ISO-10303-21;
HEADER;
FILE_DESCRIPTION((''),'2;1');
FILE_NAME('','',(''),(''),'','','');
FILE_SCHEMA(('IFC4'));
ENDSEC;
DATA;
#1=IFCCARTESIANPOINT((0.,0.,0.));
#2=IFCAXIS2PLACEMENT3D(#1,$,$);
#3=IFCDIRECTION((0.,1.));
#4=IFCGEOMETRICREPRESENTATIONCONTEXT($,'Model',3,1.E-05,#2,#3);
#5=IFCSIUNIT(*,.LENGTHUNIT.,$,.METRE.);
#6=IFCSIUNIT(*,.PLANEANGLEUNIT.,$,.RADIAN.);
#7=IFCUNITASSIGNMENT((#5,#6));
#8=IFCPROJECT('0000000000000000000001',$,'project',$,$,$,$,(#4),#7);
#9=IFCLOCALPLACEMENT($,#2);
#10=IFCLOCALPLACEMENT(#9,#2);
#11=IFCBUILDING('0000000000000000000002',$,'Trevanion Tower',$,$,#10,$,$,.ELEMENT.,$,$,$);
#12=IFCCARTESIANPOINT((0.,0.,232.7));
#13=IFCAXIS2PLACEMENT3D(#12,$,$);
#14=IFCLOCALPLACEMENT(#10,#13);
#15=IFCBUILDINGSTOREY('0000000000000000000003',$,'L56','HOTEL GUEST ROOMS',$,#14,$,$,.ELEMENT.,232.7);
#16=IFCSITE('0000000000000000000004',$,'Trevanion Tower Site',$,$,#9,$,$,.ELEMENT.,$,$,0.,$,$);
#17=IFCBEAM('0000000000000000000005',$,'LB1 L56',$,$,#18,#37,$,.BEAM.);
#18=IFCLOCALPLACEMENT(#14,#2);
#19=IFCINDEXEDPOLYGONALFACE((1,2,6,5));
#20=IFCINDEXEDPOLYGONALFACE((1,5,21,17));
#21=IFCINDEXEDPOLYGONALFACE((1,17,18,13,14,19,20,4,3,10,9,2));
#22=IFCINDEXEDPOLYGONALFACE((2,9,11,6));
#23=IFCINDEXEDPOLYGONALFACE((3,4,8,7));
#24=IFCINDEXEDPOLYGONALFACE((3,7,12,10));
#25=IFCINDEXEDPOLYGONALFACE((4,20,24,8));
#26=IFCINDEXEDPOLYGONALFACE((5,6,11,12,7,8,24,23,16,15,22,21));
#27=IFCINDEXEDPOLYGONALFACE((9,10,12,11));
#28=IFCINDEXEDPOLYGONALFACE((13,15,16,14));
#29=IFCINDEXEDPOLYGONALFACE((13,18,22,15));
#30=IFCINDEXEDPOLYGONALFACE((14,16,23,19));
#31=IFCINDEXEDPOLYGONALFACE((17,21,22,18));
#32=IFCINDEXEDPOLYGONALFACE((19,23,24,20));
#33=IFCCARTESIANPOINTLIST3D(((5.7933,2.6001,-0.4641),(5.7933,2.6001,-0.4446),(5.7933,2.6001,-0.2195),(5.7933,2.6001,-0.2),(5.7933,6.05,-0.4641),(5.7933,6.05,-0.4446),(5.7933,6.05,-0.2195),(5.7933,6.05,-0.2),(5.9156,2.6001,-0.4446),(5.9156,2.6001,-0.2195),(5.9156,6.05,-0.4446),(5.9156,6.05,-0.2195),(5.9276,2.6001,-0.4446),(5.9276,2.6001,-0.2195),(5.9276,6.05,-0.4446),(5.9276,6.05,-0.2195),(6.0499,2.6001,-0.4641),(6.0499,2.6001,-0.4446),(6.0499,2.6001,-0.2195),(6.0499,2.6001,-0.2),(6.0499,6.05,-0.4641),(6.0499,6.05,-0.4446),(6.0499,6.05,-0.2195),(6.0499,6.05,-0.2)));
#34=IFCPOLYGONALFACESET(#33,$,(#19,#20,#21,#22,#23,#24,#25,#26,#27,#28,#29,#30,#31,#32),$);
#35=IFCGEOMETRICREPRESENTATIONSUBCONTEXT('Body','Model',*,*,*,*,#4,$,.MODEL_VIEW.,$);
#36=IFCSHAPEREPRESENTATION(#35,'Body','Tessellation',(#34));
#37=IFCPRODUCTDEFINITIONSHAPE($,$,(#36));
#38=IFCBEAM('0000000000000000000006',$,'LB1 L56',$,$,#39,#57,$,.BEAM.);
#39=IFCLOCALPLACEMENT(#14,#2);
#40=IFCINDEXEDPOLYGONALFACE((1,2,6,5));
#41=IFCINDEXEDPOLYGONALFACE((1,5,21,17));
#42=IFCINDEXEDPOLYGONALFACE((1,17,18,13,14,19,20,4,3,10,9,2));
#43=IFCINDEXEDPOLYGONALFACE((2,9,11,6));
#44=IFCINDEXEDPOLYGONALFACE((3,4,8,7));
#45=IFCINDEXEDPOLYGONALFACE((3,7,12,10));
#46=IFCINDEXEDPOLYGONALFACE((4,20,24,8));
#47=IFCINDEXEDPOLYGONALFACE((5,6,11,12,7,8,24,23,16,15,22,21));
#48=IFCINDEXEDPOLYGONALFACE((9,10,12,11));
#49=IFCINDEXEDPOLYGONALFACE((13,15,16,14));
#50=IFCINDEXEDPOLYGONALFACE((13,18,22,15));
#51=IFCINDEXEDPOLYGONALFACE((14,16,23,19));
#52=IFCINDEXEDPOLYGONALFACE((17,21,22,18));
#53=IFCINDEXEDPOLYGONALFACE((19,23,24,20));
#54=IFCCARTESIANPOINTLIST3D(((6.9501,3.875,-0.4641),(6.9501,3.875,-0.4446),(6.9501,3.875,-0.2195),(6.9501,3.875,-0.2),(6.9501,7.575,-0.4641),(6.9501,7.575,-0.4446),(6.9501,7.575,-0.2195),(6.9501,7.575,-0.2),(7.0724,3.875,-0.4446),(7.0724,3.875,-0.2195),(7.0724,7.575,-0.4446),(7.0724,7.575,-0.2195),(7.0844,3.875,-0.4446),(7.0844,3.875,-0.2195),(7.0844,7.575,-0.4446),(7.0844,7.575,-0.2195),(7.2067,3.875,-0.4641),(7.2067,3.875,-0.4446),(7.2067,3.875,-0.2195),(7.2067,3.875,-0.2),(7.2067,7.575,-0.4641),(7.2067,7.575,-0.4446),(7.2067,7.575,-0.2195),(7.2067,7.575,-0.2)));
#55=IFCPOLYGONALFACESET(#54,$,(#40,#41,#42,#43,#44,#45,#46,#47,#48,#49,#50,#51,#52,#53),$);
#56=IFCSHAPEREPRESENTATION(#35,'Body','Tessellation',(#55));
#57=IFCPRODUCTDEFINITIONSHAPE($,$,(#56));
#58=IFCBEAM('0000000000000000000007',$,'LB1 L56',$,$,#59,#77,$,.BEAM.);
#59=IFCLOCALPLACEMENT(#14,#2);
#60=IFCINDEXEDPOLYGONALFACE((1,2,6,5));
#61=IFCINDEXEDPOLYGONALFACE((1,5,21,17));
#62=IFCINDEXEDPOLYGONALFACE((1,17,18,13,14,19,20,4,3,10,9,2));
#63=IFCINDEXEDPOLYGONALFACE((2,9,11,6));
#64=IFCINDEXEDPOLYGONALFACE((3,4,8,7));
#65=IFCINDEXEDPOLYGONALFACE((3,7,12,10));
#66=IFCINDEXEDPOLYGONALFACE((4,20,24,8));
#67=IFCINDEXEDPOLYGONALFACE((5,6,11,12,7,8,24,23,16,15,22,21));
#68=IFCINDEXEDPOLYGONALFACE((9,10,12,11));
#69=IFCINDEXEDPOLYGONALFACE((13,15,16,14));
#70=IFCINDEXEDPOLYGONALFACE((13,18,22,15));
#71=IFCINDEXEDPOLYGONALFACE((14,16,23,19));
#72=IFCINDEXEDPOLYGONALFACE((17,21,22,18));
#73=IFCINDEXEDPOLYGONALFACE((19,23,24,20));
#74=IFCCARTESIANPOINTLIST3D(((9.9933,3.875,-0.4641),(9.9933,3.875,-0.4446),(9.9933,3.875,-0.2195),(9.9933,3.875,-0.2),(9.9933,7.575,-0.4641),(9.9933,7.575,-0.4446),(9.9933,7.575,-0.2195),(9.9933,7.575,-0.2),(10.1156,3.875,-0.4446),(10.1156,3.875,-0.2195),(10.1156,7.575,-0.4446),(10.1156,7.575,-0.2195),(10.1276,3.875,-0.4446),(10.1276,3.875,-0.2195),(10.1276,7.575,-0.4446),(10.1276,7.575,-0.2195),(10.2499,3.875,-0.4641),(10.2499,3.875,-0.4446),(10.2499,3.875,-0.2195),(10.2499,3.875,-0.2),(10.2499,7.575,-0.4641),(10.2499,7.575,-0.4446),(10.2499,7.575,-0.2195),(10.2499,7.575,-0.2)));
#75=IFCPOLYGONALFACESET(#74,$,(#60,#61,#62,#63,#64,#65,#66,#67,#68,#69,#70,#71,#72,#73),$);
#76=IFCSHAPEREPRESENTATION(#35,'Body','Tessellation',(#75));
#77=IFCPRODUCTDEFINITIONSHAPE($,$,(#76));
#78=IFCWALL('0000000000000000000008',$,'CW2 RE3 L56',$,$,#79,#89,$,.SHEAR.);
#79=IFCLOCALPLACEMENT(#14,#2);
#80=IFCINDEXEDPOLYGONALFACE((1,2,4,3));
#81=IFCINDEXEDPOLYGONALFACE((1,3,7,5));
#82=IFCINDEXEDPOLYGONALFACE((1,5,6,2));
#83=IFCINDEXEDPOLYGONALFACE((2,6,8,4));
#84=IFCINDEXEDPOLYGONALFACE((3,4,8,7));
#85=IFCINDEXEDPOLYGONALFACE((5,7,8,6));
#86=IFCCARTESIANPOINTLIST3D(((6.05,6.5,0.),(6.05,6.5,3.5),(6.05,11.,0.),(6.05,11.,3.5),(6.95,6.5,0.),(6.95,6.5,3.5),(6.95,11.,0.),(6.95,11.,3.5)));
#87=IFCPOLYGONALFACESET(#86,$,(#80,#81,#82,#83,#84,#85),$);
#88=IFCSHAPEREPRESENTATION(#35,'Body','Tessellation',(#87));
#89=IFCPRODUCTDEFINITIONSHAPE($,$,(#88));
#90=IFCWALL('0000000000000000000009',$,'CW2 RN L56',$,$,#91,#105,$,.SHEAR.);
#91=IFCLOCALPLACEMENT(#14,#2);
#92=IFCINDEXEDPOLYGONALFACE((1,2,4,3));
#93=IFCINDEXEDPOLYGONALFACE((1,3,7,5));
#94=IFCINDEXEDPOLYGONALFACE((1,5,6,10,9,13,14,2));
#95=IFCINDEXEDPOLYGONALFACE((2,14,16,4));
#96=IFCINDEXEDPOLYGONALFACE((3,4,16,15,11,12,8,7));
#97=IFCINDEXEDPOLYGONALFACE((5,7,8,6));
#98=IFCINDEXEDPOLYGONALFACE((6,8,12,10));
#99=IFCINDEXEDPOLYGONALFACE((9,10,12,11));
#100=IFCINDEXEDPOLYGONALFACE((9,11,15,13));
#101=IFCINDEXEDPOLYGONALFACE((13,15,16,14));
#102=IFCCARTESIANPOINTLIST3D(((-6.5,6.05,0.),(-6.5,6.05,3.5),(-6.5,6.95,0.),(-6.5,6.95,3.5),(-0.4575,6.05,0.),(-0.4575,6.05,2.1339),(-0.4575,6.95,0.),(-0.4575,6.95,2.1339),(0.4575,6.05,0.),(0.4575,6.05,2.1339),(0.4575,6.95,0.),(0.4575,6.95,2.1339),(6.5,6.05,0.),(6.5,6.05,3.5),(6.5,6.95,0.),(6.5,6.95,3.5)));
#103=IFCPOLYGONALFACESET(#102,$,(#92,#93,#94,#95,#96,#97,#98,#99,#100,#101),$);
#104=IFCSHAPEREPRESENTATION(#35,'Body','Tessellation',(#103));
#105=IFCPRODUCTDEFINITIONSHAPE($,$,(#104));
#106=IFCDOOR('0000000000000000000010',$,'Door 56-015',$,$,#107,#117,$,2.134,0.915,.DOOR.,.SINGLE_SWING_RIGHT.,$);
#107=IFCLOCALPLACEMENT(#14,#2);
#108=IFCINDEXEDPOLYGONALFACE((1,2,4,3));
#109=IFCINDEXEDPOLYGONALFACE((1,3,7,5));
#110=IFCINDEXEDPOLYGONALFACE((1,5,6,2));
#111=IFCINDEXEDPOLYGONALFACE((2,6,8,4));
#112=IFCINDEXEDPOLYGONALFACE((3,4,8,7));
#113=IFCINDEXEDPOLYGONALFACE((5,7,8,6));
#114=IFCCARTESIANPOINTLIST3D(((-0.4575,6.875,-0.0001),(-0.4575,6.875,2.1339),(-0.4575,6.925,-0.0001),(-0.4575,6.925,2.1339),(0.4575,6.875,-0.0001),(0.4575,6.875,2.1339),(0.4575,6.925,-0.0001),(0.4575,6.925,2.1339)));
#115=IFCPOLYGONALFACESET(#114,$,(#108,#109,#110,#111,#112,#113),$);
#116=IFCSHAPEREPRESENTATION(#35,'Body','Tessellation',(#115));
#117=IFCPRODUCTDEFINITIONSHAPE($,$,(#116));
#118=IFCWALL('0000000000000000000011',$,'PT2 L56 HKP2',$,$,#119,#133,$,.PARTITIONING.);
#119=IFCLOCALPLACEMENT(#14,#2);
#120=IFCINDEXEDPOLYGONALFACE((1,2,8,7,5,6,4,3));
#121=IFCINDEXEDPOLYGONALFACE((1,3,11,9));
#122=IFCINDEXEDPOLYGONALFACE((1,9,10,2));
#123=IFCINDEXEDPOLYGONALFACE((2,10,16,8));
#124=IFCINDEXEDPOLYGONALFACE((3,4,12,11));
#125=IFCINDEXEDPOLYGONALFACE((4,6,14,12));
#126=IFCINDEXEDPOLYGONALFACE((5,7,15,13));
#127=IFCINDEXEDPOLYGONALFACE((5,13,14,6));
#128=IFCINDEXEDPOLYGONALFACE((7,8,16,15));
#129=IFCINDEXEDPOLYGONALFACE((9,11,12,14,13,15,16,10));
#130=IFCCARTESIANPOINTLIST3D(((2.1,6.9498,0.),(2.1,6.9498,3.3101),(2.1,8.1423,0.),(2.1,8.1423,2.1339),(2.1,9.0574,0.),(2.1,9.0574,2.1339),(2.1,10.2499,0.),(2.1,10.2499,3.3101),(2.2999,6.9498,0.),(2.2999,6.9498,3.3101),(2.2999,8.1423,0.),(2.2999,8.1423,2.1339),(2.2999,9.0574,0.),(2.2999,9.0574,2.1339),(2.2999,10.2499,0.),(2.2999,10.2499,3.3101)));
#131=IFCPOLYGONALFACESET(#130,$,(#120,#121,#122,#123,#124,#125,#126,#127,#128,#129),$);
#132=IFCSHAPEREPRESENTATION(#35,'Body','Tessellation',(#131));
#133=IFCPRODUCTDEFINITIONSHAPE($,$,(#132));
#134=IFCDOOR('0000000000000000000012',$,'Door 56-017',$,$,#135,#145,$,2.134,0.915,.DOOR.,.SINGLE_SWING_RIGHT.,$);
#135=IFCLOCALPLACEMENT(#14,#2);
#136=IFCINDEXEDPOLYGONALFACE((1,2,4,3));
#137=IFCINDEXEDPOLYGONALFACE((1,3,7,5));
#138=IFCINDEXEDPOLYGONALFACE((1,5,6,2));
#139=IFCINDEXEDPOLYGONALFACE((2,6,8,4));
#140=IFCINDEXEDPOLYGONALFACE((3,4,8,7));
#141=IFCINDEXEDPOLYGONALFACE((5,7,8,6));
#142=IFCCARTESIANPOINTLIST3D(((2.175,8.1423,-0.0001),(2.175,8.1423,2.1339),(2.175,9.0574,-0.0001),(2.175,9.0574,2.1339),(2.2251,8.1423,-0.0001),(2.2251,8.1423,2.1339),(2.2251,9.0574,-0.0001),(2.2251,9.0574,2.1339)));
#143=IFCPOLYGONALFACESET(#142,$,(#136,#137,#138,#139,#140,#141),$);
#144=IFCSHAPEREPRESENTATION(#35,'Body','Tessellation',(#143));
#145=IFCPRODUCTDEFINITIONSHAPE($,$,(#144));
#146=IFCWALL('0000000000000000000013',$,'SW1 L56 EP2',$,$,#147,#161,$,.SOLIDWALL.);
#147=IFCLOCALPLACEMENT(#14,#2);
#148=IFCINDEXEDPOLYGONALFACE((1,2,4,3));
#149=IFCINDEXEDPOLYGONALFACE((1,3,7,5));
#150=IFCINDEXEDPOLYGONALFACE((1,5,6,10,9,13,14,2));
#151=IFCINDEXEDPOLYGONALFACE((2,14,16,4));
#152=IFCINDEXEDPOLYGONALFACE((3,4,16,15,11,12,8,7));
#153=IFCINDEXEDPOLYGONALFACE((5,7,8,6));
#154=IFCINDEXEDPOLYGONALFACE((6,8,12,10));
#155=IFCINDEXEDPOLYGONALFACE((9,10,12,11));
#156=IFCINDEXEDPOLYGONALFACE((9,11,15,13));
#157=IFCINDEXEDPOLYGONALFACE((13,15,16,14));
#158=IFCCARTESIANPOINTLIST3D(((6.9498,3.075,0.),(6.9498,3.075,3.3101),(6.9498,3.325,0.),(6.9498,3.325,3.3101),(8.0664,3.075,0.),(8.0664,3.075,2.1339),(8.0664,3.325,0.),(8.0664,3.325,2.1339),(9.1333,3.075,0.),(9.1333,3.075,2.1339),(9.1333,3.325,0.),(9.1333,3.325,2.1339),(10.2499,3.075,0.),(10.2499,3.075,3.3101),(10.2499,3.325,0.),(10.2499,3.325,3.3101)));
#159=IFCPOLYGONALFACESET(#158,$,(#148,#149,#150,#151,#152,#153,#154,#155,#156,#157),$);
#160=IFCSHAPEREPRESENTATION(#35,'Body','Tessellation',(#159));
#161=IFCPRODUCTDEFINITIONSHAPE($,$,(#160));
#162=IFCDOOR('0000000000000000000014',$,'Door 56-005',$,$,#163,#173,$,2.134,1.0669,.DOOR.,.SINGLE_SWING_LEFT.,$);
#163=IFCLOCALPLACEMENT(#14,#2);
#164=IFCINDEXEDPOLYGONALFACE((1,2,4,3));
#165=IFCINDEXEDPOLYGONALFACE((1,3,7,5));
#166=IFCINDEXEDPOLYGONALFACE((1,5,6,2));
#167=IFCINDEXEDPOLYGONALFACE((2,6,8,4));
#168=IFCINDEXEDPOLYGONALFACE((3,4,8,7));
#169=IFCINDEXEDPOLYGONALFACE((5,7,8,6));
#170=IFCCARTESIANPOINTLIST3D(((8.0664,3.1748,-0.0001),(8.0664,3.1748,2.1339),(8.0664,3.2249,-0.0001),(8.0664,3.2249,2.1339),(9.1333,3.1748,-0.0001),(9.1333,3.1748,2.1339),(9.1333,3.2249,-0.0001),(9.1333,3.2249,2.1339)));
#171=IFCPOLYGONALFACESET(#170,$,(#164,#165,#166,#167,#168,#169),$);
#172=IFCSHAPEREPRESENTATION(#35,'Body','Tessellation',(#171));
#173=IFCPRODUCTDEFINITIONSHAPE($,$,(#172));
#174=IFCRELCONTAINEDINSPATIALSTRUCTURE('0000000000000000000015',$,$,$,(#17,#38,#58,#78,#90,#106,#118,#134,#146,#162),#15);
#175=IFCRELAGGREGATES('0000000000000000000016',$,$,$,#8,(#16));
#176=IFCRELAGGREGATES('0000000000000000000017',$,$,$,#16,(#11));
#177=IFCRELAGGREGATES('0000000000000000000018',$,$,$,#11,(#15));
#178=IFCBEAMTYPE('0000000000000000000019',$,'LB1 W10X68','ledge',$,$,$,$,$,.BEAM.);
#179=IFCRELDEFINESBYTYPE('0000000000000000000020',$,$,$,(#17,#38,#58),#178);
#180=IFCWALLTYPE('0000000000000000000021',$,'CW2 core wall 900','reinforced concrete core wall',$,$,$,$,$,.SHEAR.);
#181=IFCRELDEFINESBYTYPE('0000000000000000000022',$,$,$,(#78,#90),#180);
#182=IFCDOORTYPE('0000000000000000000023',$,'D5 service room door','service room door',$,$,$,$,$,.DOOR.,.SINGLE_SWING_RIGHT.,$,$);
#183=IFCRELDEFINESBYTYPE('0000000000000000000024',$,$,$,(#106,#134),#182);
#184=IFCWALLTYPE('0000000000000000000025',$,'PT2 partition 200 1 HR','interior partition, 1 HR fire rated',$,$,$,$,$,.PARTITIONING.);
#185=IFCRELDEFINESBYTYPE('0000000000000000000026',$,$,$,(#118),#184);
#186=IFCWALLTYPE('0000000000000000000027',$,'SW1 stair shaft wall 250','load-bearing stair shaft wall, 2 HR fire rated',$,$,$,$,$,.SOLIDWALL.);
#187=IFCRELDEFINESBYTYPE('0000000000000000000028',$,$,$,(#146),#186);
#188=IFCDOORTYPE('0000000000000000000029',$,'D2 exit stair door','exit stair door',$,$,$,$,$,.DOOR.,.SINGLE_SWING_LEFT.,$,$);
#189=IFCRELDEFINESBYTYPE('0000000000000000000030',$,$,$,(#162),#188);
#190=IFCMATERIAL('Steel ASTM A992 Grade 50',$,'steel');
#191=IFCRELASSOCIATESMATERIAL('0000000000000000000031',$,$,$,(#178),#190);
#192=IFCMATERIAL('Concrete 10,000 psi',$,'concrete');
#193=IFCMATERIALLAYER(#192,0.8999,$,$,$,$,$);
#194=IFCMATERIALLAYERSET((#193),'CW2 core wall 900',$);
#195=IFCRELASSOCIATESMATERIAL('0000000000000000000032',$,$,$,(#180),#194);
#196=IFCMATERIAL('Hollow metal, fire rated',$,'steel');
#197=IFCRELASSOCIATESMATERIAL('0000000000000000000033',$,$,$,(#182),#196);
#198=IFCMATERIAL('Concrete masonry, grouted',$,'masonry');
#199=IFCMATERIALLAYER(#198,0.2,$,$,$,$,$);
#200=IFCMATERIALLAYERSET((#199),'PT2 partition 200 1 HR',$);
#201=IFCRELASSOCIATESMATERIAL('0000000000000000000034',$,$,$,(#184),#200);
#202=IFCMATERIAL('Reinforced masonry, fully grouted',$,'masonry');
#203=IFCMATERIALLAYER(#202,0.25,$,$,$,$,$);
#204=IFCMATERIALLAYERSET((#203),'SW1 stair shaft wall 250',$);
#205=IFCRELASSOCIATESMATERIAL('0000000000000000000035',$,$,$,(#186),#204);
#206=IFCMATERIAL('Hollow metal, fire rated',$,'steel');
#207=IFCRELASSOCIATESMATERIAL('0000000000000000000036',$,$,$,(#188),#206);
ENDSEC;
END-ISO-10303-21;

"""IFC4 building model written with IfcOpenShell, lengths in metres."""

from ifc_helpers import new_model, si_unit, direction, frame, frame_2d, origin, origin_2d, place, context, subcontext, project, spatial, rectangle, i_section, extrude, material, layer, layer_set, material_profile, profile_set, type_object, element, fill, save


model = new_model("IFC4")

# Units and contexts
model_context = context("Model", 3, precision=1e-05, world=origin(), true_north=direction((0.0, 1.0)))
body_context = subcontext(model_context, "Body", "Model", "MODEL_VIEW")
ifc_project = project(units=[si_unit("LENGTHUNIT", "METRE"), si_unit("PLANEANGLEUNIT", "RADIAN")], contexts=[model_context])

# Site, building, storey
site_placement = place(None, origin())
site = spatial("IfcSite", under=ifc_project, at=site_placement, Name="Trevanion Tower Site", CompositionType="ELEMENT", RefElevation=0.0)
building_placement = place(site_placement, origin())
building = spatial("IfcBuilding", under=site, at=building_placement, Name="Trevanion Tower", CompositionType="ELEMENT")
storey_placement = place(building_placement, frame((0.0, 0.0, 232.7)))
storey = spatial("IfcBuildingStorey", under=building, at=storey_placement, Name="L56", Description="HOTEL GUEST ROOMS", CompositionType="ELEMENT", Elevation=232.7)

# Beams
ifc_material_1 = material(Name="Steel ASTM A992 Grade 50", Category="steel")
ifc_material_profile = material_profile(ifc_material_1, i_section(OverallWidth=0.2566, OverallDepth=0.2642, WebThickness=0.012, FlangeThickness=0.0195, at=origin_2d()), Name="W10X68")
ifc_profile_set = profile_set([ifc_material_profile], Name="Steel ASTM A992 Grade 50")
beam_type = type_object("IfcBeamType", Name="LB1 W10X68", Description="ledge", PredefinedType="BEAM", material=ifc_profile_set)
beam_placement = place(storey_placement, frame((5.9216, 2.6001, -0.332), z_axis=(0.0, 1.0, 0.0), x_axis=(-1.0, 0.0, 0.0)))
element("IfcBeam", 1, at=beam_placement, inside=storey, type_object=beam_type, Name="LB1 L56", PredefinedType="BEAM", context=body_context, shape_type="SweptSolid", body=[
    extrude(i_section(OverallWidth=0.2566, OverallDepth=0.2642, WebThickness=0.012, FlangeThickness=0.0195, at=origin_2d()), origin(), (0.0, 0.0, 1.0), 3.45),
])
for number, where, z_axis, x_axis, name in (
    (2, (7.0784, 3.875, -0.332), (0.0, 1.0, 0.0), (-1.0, 0.0, 0.0), "LB1 L56"),
    (3, (10.1216, 3.875, -0.332), (0.0, 1.0, 0.0), (-1.0, 0.0, 0.0), "LB1 L56"),
):
    element("IfcBeam", number, at=place(storey_placement, frame(where, z_axis=z_axis, x_axis=x_axis)), inside=storey, type_object=beam_type, Name=name, PredefinedType="BEAM", context=body_context, shape_type="SweptSolid", body=[
        extrude(i_section(OverallWidth=0.2566, OverallDepth=0.2642, WebThickness=0.012, FlangeThickness=0.0195, at=origin_2d()), origin(), (0.0, 0.0, 1.0), 3.7),
    ])

# Wall
ifc_material_2 = material(Name="Concrete 10,000 psi", Category="concrete")
ifc_layer_1 = layer(ifc_material_2, 0.8999)
ifc_layer_set_1 = layer_set([ifc_layer_1], Name="CW2 core wall 900")
wall_type_1 = type_object("IfcWallType", Name="CW2 core wall 900", Description="reinforced concrete core wall", PredefinedType="SHEAR", material=ifc_layer_set_1)
wall_1_placement = place(storey_placement, frame((6.5, 6.5, 0.0), z_axis=(0.0, 0.0, 1.0), x_axis=(0.0, 1.0, 0.0)))
element("IfcWall", 4, at=wall_1_placement, inside=storey, type_object=wall_type_1, Name="CW2 RE3 L56", PredefinedType="SHEAR", context=body_context, shape_type="SweptSolid", body=[
    extrude(rectangle(XDim=4.5, YDim=0.8999, at=frame_2d((2.25, 0.0))), origin(), (0.0, 0.0, 1.0), 3.5),
])

# Walls, openings, doors
wall_2_placement = place(storey_placement, frame((6.5, 6.5, 0.0), z_axis=(0.0, 0.0, 1.0), x_axis=(-1.0, 0.0, 0.0)))
wall_2 = element("IfcWall", 5, at=wall_2_placement, inside=storey, type_object=wall_type_1, Name="CW2 RN L56", PredefinedType="SHEAR", context=body_context, shape_type="SweptSolid", body=[
    extrude(rectangle(XDim=13.0, YDim=0.8999, at=frame_2d((6.5, 0.0))), origin(), (0.0, 0.0, 1.0), 3.5),
])
opening_1_placement = place(wall_2_placement, frame((6.0425, 0.0, 0.0)))
opening_1 = element("IfcOpeningElement", 6, at=opening_1_placement, cuts=wall_2, PredefinedType="OPENING", context=body_context, shape_type="SweptSolid", body=[
    extrude(rectangle(XDim=0.915, YDim=2.134, at=frame_2d((0.4575, 1.0669))), frame((0.0, 0.46, 0.0), z_axis=(0.0, -1.0, 0.0), x_axis=(1.0, 0.0, 0.0)), (0.0, 0.0, 1.0), 0.9199),
])
ifc_material_3 = material(Name="Hollow metal, fire rated", Category="steel")
door_type_1 = type_object("IfcDoorType", Name="D5 service room door", Description="service room door", OperationType="SINGLE_SWING_RIGHT", PredefinedType="DOOR", material=ifc_material_3)
door_1_placement = place(opening_1_placement, origin())
door_1 = element("IfcDoor", 7, at=door_1_placement, inside=storey, type_object=door_type_1, Name="Door 56-015", OperationType="SINGLE_SWING_RIGHT", OverallHeight=2.134, OverallWidth=0.915, PredefinedType="DOOR", context=body_context, shape_type="SweptSolid", body=[
    extrude(rectangle(XDim=0.915, YDim=2.134, at=frame_2d((0.4575, 1.0669))), frame((0.0, -0.375, 0.0), z_axis=(0.0, -1.0, 0.0), x_axis=(1.0, 0.0, 0.0)), (0.0, 0.0, 1.0), 0.05),
])
fill(opening_1, door_1)
ifc_material_4 = material(Name="Concrete masonry, grouted", Category="masonry")
ifc_layer_2 = layer(ifc_material_4, 0.2)
ifc_layer_set_2 = layer_set([ifc_layer_2], Name="PT2 partition 200 1 HR")
wall_type_2 = type_object("IfcWallType", Name="PT2 partition 200 1 HR", Description="interior partition, 1 HR fire rated", PredefinedType="PARTITIONING", material=ifc_layer_set_2)
wall_3_placement = place(storey_placement, frame((2.2, 6.95, 0.0), z_axis=(0.0, 0.0, 1.0), x_axis=(0.0, 1.0, 0.0)))
wall_3 = element("IfcWall", 8, at=wall_3_placement, inside=storey, type_object=wall_type_2, Name="PT2 L56 HKP2", PredefinedType="PARTITIONING", context=body_context, shape_type="SweptSolid", body=[
    extrude(rectangle(XDim=3.3, YDim=0.2, at=frame_2d((1.6499, 0.0))), origin(), (0.0, 0.0, 1.0), 3.3101),
])
opening_2_placement = place(wall_3_placement, frame((1.1924, 0.0, 0.0)))
opening_2 = element("IfcOpeningElement", 9, at=opening_2_placement, cuts=wall_3, PredefinedType="OPENING", context=body_context, shape_type="SweptSolid", body=[
    extrude(rectangle(XDim=0.915, YDim=2.134, at=frame_2d((0.4575, 1.0669))), frame((0.0, 0.1099, 0.0), z_axis=(0.0, -1.0, 0.0), x_axis=(1.0, 0.0, 0.0)), (0.0, 0.0, 1.0), 0.22),
])
door_2_placement = place(opening_2_placement, origin())
door_2 = element("IfcDoor", 10, at=door_2_placement, inside=storey, type_object=door_type_1, Name="Door 56-017", OperationType="SINGLE_SWING_RIGHT", OverallHeight=2.134, OverallWidth=0.915, PredefinedType="DOOR", context=body_context, shape_type="SweptSolid", body=[
    extrude(rectangle(XDim=0.915, YDim=2.134, at=frame_2d((0.4575, 1.0669))), frame((0.0, 0.0249, 0.0), z_axis=(0.0, -1.0, 0.0), x_axis=(1.0, 0.0, 0.0)), (0.0, 0.0, 1.0), 0.05),
])
fill(opening_2, door_2)
ifc_material_5 = material(Name="Reinforced masonry, fully grouted", Category="masonry")
ifc_layer_3 = layer(ifc_material_5, 0.25)
ifc_layer_set_3 = layer_set([ifc_layer_3], Name="SW1 stair shaft wall 250")
wall_type_3 = type_object("IfcWallType", Name="SW1 stair shaft wall 250", Description="load-bearing stair shaft wall, 2 HR fire rated", PredefinedType="SOLIDWALL", material=ifc_layer_set_3)
wall_4_placement = place(storey_placement, frame((6.95, 3.2, 0.0), z_axis=(0.0, 0.0, 1.0), x_axis=(1.0, 0.0, 0.0)))
wall_4 = element("IfcWall", 11, at=wall_4_placement, inside=storey, type_object=wall_type_3, Name="SW1 L56 EP2", PredefinedType="SOLIDWALL", context=body_context, shape_type="SweptSolid", body=[
    extrude(rectangle(XDim=3.3, YDim=0.25, at=frame_2d((1.6499, 0.0))), origin(), (0.0, 0.0, 1.0), 3.3101),
])
opening_3_placement = place(wall_4_placement, frame((1.1165, 0.0, 0.0)))
opening_3 = element("IfcOpeningElement", 12, at=opening_3_placement, cuts=wall_4, PredefinedType="OPENING", context=body_context, shape_type="SweptSolid", body=[
    extrude(rectangle(XDim=1.0669, YDim=2.134, at=frame_2d((0.5334, 1.0669))), frame((0.0, 0.135, 0.0), z_axis=(0.0, -1.0, 0.0), x_axis=(1.0, 0.0, 0.0)), (0.0, 0.0, 1.0), 0.27),
])
ifc_material_6 = material(Name="Hollow metal, fire rated", Category="steel")
door_type_2 = type_object("IfcDoorType", Name="D2 exit stair door", Description="exit stair door", OperationType="SINGLE_SWING_LEFT", PredefinedType="DOOR", material=ifc_material_6)
door_3_placement = place(opening_3_placement, origin())
door_3 = element("IfcDoor", 13, at=door_3_placement, inside=storey, type_object=door_type_2, Name="Door 56-005", OperationType="SINGLE_SWING_LEFT", OverallHeight=2.134, OverallWidth=1.0669, PredefinedType="DOOR", context=body_context, shape_type="SweptSolid", body=[
    extrude(rectangle(XDim=1.0669, YDim=2.134, at=frame_2d((0.5334, 1.0669))), frame((0.0, 0.0249, 0.0), z_axis=(0.0, -1.0, 0.0), x_axis=(1.0, 0.0, 0.0)), (0.0, 0.0, 1.0), 0.05),
])
fill(opening_3, door_3)

save(model, "model.ifc")
